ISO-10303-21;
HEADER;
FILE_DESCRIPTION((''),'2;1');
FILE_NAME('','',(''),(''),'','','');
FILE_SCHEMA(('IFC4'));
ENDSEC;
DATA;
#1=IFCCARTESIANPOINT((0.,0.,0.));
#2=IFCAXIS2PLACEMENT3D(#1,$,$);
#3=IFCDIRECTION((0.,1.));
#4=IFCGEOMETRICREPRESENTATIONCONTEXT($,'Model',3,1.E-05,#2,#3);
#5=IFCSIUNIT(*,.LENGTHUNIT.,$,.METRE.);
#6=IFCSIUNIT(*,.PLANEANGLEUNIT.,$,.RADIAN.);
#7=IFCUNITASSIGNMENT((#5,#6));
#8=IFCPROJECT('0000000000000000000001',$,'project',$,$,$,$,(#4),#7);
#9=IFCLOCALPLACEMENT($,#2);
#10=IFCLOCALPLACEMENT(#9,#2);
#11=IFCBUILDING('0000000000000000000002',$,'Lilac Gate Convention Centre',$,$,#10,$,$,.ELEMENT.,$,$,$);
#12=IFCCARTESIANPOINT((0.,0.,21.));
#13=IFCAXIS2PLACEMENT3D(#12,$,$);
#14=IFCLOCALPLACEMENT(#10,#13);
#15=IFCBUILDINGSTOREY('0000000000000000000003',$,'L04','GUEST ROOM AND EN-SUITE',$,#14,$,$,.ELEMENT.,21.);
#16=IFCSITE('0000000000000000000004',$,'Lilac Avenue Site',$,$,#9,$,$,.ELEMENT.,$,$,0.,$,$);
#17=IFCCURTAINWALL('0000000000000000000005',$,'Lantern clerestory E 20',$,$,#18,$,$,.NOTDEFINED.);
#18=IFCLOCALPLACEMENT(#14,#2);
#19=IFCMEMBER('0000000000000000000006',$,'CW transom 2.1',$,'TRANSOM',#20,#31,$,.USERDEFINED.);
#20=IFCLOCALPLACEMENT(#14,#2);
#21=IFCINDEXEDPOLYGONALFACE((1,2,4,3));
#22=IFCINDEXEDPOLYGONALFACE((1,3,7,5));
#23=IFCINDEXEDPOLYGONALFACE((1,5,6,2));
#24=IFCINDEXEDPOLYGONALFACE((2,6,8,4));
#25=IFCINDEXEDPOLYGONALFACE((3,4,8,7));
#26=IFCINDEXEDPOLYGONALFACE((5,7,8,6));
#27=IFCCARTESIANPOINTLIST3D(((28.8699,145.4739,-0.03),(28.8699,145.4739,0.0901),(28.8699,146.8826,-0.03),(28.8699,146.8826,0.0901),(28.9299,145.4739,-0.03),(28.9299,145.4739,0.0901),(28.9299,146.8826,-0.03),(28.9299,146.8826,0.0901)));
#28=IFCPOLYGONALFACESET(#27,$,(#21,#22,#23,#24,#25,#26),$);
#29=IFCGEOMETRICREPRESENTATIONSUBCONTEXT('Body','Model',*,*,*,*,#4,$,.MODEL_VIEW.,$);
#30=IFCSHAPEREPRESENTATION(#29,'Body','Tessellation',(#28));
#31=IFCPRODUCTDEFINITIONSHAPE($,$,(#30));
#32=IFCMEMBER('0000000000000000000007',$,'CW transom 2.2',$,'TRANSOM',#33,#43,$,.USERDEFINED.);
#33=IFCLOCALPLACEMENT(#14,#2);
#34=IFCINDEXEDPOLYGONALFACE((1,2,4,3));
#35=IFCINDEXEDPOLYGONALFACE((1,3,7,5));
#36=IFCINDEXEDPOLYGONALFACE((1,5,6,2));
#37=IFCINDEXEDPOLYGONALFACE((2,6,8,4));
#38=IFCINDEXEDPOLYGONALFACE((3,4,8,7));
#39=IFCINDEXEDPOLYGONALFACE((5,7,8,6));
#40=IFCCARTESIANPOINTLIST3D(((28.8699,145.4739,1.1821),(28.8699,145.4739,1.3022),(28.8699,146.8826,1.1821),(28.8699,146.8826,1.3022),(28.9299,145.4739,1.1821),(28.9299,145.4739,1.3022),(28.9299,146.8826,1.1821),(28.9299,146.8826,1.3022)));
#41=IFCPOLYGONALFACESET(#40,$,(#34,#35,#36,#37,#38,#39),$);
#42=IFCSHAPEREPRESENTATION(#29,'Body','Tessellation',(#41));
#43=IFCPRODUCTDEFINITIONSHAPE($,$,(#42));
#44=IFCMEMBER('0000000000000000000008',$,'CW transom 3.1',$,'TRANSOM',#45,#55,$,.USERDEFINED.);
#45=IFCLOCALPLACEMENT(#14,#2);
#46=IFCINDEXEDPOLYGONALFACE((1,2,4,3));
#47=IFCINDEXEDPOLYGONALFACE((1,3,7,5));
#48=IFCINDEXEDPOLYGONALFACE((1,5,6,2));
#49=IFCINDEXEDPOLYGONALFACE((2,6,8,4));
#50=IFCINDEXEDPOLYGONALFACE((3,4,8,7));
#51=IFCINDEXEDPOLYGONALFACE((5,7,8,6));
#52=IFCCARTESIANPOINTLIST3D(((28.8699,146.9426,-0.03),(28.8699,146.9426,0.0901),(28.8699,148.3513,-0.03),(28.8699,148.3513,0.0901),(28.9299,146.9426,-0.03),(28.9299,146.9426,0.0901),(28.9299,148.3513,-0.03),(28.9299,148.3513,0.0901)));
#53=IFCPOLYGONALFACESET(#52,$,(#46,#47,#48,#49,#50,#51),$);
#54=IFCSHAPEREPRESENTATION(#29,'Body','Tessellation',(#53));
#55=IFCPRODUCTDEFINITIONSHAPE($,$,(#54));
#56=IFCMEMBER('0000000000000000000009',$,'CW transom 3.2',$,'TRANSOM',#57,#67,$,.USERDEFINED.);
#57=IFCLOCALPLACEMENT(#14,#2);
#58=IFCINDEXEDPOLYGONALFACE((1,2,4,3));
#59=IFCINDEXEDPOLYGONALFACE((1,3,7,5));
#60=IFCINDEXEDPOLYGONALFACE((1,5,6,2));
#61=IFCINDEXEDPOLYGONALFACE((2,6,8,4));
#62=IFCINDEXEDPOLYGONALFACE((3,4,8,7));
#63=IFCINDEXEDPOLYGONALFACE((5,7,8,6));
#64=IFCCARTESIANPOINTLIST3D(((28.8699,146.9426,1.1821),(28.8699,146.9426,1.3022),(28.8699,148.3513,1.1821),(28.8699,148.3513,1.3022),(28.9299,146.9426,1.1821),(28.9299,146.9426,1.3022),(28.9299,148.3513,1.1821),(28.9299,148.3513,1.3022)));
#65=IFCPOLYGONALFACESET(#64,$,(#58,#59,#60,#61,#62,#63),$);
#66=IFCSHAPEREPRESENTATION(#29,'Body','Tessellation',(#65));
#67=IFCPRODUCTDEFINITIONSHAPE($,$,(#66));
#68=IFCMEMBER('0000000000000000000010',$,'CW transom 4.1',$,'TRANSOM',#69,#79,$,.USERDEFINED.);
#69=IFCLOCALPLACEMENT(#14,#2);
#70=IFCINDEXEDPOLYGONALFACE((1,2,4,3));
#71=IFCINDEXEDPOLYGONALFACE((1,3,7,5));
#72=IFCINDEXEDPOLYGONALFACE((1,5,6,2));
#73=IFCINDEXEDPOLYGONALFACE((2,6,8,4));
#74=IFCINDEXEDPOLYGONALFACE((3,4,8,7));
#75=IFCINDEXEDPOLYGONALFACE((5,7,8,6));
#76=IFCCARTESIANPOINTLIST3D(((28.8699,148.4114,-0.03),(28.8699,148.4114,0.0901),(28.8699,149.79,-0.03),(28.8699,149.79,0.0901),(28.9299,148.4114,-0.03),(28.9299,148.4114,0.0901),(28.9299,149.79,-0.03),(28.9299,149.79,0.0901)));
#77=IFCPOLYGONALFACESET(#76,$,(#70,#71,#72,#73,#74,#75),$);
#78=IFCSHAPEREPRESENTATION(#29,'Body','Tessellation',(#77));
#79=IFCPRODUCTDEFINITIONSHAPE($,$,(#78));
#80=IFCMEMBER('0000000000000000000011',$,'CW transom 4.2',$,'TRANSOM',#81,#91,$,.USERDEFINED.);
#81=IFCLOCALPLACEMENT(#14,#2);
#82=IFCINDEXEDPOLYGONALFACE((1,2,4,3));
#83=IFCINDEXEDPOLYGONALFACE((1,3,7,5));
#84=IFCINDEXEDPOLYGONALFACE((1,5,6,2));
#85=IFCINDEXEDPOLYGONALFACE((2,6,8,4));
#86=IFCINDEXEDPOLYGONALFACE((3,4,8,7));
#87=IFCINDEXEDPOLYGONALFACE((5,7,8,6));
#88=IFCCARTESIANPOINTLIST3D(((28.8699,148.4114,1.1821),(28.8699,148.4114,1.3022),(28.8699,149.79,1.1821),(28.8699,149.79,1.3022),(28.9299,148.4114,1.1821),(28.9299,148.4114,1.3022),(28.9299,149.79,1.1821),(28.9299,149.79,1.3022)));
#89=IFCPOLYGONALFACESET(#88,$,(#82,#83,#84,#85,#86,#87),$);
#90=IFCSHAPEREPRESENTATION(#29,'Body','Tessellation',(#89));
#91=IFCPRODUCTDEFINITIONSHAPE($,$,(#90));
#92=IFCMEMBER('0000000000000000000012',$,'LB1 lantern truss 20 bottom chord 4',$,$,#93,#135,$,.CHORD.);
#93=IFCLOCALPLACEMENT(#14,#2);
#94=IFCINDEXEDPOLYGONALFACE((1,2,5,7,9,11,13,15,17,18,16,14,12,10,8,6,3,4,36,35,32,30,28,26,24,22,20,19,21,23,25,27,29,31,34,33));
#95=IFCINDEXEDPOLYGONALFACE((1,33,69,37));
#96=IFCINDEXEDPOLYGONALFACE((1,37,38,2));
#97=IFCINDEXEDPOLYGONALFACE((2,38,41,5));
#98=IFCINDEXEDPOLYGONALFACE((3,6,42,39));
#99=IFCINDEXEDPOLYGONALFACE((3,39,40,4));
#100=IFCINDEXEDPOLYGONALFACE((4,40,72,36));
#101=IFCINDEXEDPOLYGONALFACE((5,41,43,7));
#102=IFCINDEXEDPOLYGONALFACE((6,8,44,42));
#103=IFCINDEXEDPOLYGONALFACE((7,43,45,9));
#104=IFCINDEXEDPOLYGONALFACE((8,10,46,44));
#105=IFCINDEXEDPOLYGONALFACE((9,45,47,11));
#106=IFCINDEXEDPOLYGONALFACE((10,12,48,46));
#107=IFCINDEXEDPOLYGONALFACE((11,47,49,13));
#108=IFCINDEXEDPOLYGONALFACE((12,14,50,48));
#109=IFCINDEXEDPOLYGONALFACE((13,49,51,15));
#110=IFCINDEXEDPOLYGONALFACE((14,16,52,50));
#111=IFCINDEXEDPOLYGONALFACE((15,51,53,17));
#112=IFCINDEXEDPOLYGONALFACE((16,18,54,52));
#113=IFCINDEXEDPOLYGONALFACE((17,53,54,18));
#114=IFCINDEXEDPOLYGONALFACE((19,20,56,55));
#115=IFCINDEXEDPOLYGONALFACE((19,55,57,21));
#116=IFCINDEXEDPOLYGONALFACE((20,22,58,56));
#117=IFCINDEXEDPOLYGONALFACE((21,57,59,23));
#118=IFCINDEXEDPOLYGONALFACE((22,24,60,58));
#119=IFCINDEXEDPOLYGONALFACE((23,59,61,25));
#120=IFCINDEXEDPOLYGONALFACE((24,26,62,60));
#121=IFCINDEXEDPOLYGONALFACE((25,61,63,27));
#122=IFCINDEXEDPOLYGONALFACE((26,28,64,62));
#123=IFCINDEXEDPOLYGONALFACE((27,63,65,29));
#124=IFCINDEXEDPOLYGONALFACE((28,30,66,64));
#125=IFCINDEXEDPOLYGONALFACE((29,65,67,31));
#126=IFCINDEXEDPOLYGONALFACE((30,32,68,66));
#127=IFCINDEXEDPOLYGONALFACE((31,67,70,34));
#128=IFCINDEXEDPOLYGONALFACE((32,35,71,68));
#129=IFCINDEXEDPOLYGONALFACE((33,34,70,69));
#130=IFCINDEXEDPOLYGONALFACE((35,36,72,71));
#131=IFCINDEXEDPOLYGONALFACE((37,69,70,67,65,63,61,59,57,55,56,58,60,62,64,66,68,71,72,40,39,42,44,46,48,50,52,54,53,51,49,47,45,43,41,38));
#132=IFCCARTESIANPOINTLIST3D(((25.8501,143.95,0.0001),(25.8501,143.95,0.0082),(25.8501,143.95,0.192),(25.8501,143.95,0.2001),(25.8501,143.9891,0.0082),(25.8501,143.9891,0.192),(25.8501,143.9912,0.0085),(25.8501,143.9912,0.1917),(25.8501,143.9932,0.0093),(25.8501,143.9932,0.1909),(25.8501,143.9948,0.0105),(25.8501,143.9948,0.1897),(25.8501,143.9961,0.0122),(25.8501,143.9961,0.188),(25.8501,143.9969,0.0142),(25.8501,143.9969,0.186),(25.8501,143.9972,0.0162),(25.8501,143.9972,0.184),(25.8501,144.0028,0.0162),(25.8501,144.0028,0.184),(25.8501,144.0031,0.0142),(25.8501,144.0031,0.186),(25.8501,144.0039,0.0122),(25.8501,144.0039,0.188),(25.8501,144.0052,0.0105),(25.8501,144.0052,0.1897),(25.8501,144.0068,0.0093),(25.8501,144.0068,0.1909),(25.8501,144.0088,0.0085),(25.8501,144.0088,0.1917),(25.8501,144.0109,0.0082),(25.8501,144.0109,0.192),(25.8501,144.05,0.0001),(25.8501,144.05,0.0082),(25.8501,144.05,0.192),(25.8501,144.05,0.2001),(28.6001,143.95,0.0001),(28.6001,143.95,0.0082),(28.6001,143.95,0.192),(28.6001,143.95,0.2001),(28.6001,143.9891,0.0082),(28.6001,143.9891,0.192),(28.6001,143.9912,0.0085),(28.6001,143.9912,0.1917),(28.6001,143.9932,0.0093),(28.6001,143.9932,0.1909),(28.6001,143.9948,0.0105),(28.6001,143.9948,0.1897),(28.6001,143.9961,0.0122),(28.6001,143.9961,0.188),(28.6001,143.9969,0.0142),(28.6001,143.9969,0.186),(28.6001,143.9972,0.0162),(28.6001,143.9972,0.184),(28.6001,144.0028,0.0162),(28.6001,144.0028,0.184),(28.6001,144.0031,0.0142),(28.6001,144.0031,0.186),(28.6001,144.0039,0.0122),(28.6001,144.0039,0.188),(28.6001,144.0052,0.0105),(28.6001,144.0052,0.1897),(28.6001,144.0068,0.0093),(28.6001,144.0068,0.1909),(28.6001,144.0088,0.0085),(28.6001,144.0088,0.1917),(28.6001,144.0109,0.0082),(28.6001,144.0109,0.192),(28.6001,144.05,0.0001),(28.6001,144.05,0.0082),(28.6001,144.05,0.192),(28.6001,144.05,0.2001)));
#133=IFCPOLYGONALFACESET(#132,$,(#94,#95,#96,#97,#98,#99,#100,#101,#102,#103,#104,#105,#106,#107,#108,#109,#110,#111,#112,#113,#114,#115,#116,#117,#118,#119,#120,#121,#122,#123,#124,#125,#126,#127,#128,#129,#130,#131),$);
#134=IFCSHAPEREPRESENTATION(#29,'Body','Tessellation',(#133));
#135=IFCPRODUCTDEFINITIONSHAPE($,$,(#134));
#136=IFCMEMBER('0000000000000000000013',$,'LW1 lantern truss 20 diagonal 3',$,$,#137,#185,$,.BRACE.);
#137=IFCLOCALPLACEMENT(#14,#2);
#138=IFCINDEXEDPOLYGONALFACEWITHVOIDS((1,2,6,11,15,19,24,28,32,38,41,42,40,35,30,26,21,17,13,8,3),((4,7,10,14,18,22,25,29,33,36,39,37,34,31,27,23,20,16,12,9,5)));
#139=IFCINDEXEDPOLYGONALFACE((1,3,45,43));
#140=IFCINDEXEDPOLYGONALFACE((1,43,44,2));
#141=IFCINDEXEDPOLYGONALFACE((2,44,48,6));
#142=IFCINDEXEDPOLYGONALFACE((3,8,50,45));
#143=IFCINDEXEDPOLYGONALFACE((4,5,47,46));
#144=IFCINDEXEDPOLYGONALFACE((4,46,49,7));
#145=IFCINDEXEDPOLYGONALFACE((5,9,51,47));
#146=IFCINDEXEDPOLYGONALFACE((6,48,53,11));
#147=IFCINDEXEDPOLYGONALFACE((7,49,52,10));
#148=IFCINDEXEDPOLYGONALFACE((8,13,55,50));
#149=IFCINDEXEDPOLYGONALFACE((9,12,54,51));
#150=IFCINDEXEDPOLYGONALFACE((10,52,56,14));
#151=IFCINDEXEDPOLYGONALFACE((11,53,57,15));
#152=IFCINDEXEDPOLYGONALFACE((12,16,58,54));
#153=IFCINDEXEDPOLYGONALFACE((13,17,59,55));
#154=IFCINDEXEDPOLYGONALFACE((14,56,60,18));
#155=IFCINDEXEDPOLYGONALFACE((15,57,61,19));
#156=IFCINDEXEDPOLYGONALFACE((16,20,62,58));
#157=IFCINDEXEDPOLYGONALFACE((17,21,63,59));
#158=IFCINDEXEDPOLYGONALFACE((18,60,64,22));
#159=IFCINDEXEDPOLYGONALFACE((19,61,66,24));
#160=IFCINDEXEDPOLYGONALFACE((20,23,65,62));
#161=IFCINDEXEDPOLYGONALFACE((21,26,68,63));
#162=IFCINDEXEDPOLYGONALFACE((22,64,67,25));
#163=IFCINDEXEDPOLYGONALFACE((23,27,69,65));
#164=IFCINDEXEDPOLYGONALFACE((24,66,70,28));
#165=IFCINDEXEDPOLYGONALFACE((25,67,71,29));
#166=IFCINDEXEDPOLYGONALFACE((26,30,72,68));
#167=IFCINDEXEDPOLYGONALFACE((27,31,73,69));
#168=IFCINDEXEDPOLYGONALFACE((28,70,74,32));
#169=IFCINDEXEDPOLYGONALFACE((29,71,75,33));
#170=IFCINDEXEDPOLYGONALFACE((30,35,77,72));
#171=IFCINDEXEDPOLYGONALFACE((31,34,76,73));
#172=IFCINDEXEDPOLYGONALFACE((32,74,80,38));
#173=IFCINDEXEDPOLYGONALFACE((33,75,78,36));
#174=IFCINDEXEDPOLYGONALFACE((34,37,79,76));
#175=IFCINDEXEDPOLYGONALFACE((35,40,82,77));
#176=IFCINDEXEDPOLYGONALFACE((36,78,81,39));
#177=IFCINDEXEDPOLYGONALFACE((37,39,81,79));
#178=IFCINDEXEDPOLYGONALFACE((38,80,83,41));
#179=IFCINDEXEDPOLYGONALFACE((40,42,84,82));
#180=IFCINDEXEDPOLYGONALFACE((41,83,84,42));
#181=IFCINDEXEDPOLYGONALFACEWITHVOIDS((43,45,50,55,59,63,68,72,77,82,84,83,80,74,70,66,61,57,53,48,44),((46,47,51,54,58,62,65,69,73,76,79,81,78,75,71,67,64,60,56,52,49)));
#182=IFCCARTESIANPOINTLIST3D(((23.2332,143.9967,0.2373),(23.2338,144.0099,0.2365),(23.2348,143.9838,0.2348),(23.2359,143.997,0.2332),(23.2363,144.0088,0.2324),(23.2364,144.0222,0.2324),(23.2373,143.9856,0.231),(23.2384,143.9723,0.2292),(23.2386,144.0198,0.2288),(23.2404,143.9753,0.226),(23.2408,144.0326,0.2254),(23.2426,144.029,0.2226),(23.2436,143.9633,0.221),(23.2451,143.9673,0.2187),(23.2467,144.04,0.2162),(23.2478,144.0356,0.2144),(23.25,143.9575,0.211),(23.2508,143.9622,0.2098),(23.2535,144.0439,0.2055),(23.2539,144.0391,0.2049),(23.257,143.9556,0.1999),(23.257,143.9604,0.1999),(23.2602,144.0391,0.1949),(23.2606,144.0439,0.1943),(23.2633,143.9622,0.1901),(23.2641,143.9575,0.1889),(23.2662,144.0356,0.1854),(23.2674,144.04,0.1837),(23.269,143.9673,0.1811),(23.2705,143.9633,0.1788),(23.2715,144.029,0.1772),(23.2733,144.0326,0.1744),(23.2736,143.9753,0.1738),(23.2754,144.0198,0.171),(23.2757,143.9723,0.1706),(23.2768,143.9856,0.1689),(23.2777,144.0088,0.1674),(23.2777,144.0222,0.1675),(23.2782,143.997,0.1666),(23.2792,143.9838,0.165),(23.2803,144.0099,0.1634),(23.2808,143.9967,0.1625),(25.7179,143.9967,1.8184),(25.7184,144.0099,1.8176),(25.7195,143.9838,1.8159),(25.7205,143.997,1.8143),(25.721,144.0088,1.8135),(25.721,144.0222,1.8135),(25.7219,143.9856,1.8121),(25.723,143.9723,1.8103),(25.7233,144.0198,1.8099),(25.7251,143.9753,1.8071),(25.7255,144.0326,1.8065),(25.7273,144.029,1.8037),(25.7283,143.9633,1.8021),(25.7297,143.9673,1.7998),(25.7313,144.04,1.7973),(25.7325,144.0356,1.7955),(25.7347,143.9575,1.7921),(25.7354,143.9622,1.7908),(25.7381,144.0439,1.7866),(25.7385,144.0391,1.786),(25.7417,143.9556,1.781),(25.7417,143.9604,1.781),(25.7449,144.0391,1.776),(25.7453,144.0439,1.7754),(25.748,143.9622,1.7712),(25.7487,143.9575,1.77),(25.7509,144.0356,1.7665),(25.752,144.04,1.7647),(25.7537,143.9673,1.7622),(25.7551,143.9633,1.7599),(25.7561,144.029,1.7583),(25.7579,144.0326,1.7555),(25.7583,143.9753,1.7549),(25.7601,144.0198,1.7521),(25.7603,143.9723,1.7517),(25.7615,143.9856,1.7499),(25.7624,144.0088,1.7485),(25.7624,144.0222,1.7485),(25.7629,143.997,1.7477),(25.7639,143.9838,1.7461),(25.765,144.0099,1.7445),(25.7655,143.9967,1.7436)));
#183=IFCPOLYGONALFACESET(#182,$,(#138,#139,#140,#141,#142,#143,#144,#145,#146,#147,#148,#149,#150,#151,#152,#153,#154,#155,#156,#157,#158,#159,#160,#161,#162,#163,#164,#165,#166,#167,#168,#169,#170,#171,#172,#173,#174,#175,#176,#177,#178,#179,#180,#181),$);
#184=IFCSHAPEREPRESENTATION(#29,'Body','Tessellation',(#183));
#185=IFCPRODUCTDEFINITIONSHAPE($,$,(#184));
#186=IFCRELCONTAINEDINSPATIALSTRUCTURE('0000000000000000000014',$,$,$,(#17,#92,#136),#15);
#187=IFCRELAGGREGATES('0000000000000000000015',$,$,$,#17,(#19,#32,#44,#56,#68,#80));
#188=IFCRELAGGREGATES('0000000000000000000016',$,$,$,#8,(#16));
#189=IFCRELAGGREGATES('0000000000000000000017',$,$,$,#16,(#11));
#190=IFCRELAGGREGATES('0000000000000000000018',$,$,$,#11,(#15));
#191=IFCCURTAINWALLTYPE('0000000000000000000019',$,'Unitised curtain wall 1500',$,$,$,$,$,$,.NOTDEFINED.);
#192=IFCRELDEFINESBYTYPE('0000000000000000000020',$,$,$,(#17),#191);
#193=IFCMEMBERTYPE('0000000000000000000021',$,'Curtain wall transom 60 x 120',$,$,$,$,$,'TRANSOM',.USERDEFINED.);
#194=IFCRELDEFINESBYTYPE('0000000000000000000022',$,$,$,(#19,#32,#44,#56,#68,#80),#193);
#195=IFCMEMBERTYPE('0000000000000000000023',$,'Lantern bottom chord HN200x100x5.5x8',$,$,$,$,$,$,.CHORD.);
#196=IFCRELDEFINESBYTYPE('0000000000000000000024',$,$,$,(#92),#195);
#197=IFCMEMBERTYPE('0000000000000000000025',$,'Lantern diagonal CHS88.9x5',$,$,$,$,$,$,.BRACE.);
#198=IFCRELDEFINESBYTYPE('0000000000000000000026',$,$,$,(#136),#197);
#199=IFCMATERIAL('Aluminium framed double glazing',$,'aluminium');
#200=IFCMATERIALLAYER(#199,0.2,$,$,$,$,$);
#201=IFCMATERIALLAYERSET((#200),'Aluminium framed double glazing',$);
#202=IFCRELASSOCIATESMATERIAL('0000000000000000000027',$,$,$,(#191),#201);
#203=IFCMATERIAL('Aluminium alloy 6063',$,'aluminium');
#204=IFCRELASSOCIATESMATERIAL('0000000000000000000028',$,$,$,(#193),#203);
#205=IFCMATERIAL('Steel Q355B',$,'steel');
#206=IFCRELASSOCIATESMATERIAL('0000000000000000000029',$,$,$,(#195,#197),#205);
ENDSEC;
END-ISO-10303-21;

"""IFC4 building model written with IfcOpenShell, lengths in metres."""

from ifc_helpers import new_model, si_unit, direction, frame, origin, origin_2d, place, context, subcontext, project, spatial, rectangle, hollow_circle, i_section, extrude, material, layer, layer_set, material_profile, profile_set, type_object, element, aggregate, save


model = new_model("IFC4")

# Units and contexts
model_context = context("Model", 3, precision=1e-05, world=origin(), true_north=direction((0.0, 1.0)))
body_context = subcontext(model_context, "Body", "Model", "MODEL_VIEW")
ifc_project = project(units=[si_unit("LENGTHUNIT", "METRE"), si_unit("PLANEANGLEUNIT", "RADIAN")], contexts=[model_context])

# Site, building, storey
site_placement = place(None, origin())
site = spatial("IfcSite", under=ifc_project, at=site_placement, Name="Lilac Avenue Site", CompositionType="ELEMENT", RefElevation=0.0)
building_placement = place(site_placement, origin())
building = spatial("IfcBuilding", under=site, at=building_placement, Name="Lilac Gate Convention Centre", CompositionType="ELEMENT")
storey_placement = place(building_placement, frame((0.0, 0.0, 21.0)))
storey = spatial("IfcBuildingStorey", under=building, at=storey_placement, Name="L04", Description="GUEST ROOM AND EN-SUITE", CompositionType="ELEMENT", Elevation=21.0)

# Curtain wall
ifc_material_1 = material(Name="Aluminium framed double glazing", Category="aluminium")
ifc_layer_1 = layer(ifc_material_1, 0.2)
ifc_layer_set_1 = layer_set([ifc_layer_1], Name="Aluminium framed double glazing")
curtain_wall_type = type_object("IfcCurtainWallType", Name="Unitised curtain wall 1500", PredefinedType="NOTDEFINED", material=ifc_layer_set_1)
ifc_material_2 = material(Name="Aluminium alloy 6063", Category="aluminium")
curtain_wall_1_placement = place(storey_placement, origin())
curtain_wall_1 = element("IfcCurtainWall", 1, at=curtain_wall_1_placement, inside=storey, type_object=curtain_wall_type, Name="Lantern clerestory E 20", PredefinedType="NOTDEFINED")

# Members
ifc_material_profile_1 = material_profile(ifc_material_2, rectangle(XDim=0.0601, YDim=0.1201, at=origin_2d()), Name="Curtain wall transom 60 x 120")
ifc_profile_set_1 = profile_set([ifc_material_profile_1], Name="Aluminium alloy 6063")
member_type_1 = type_object("IfcMemberType", Name="Curtain wall transom 60 x 120", ElementType="TRANSOM", PredefinedType="USERDEFINED", material=ifc_profile_set_1)
member_1_placement = place(storey_placement, frame((28.8999, 145.4739, 0.03), z_axis=(0.0, 1.0, 0.0), x_axis=(-1.0, 0.0, 0.0)))
member_1 = element("IfcMember", 2, at=member_1_placement, type_object=member_type_1, Name="CW transom 2.1", ObjectType="TRANSOM", PredefinedType="USERDEFINED", context=body_context, shape_type="SweptSolid", body=[
    extrude(rectangle(XDim=0.0601, YDim=0.1201, at=origin_2d()), origin(), (0.0, 0.0, 1.0), 1.4087),
])
member_2_placement = place(storey_placement, frame((28.8999, 145.4739, 1.2422), z_axis=(0.0, 1.0, 0.0), x_axis=(-1.0, 0.0, 0.0)))
member_2 = element("IfcMember", 3, at=member_2_placement, type_object=member_type_1, Name="CW transom 2.2", ObjectType="TRANSOM", PredefinedType="USERDEFINED", context=body_context, shape_type="SweptSolid", body=[
    extrude(rectangle(XDim=0.0601, YDim=0.1201, at=origin_2d()), origin(), (0.0, 0.0, 1.0), 1.4087),
])
member_3_placement = place(storey_placement, frame((28.8999, 146.9426, 0.03), z_axis=(0.0, 1.0, 0.0), x_axis=(-1.0, 0.0, 0.0)))
member_3 = element("IfcMember", 4, at=member_3_placement, type_object=member_type_1, Name="CW transom 3.1", ObjectType="TRANSOM", PredefinedType="USERDEFINED", context=body_context, shape_type="SweptSolid", body=[
    extrude(rectangle(XDim=0.0601, YDim=0.1201, at=origin_2d()), origin(), (0.0, 0.0, 1.0), 1.4087),
])
member_4_placement = place(storey_placement, frame((28.8999, 146.9426, 1.2422), z_axis=(0.0, 1.0, 0.0), x_axis=(-1.0, 0.0, 0.0)))
member_4 = element("IfcMember", 5, at=member_4_placement, type_object=member_type_1, Name="CW transom 3.2", ObjectType="TRANSOM", PredefinedType="USERDEFINED", context=body_context, shape_type="SweptSolid", body=[
    extrude(rectangle(XDim=0.0601, YDim=0.1201, at=origin_2d()), origin(), (0.0, 0.0, 1.0), 1.4087),
])
member_5_placement = place(storey_placement, frame((28.8999, 148.4114, 0.03), z_axis=(0.0, 1.0, 0.0), x_axis=(-1.0, 0.0, 0.0)))
member_5 = element("IfcMember", 6, at=member_5_placement, type_object=member_type_1, Name="CW transom 4.1", ObjectType="TRANSOM", PredefinedType="USERDEFINED", context=body_context, shape_type="SweptSolid", body=[
    extrude(rectangle(XDim=0.0601, YDim=0.1201, at=origin_2d()), origin(), (0.0, 0.0, 1.0), 1.3787),
])
member_6_placement = place(storey_placement, frame((28.8999, 148.4114, 1.2422), z_axis=(0.0, 1.0, 0.0), x_axis=(-1.0, 0.0, 0.0)))
member_6 = element("IfcMember", 7, at=member_6_placement, type_object=member_type_1, Name="CW transom 4.2", ObjectType="TRANSOM", PredefinedType="USERDEFINED", context=body_context, shape_type="SweptSolid", body=[
    extrude(rectangle(XDim=0.0601, YDim=0.1201, at=origin_2d()), origin(), (0.0, 0.0, 1.0), 1.3787),
])

# Members
ifc_material_3 = material(Name="Steel Q355B", Category="steel")
ifc_material_profile_2 = material_profile(ifc_material_3, i_section(OverallWidth=0.1001, OverallDepth=0.2, WebThickness=0.0056, FlangeThickness=0.0081, FilletRadius=0.0081, at=origin_2d()), Name="HN200x100x5.5x8")
ifc_profile_set_2 = profile_set([ifc_material_profile_2], Name="Steel Q355B")
member_type_2 = type_object("IfcMemberType", Name="Lantern bottom chord HN200x100x5.5x8", PredefinedType="CHORD", material=ifc_profile_set_2)
member_7_placement = place(storey_placement, frame((25.8501, 144.0, 0.1001), z_axis=(1.0, 0.0, 0.0), x_axis=(0.0, 1.0, 0.0)))
element("IfcMember", 8, at=member_7_placement, inside=storey, type_object=member_type_2, Name="LB1 lantern truss 20 bottom chord 4", PredefinedType="CHORD", context=body_context, shape_type="SweptSolid", body=[
    extrude(i_section(OverallWidth=0.1001, OverallDepth=0.2, WebThickness=0.0056, FlangeThickness=0.0081, FilletRadius=0.0081, at=origin_2d()), origin(), (0.0, 0.0, 1.0), 2.75),
])
ifc_material_profile_3 = material_profile(ifc_material_3, hollow_circle(Radius=0.0444, WallThickness=0.0049, at=origin_2d()), Name="CHS88.9x5")
ifc_profile_set_3 = profile_set([ifc_material_profile_3], Name="Steel Q355B")
member_type_3 = type_object("IfcMemberType", Name="Lantern diagonal CHS88.9x5", PredefinedType="BRACE", material=ifc_profile_set_3)
member_8_placement = place(storey_placement, frame((25.7417, 144.0, 1.781), z_axis=(-0.843672, 0.0, -0.536859), x_axis=(0.0, -1.0, 0.0)))
element("IfcMember", 9, at=member_8_placement, inside=storey, type_object=member_type_3, Name="LW1 lantern truss 20 diagonal 3", PredefinedType="BRACE", context=body_context, shape_type="SweptSolid", body=[
    extrude(hollow_circle(Radius=0.0444, WallThickness=0.0049, at=origin_2d()), origin(), (0.0, 0.0, 1.0), 2.9451),
])

aggregate(curtain_wall_1, [member_1, member_2, member_3, member_4, member_5, member_6])

save(model, "model.ifc")
